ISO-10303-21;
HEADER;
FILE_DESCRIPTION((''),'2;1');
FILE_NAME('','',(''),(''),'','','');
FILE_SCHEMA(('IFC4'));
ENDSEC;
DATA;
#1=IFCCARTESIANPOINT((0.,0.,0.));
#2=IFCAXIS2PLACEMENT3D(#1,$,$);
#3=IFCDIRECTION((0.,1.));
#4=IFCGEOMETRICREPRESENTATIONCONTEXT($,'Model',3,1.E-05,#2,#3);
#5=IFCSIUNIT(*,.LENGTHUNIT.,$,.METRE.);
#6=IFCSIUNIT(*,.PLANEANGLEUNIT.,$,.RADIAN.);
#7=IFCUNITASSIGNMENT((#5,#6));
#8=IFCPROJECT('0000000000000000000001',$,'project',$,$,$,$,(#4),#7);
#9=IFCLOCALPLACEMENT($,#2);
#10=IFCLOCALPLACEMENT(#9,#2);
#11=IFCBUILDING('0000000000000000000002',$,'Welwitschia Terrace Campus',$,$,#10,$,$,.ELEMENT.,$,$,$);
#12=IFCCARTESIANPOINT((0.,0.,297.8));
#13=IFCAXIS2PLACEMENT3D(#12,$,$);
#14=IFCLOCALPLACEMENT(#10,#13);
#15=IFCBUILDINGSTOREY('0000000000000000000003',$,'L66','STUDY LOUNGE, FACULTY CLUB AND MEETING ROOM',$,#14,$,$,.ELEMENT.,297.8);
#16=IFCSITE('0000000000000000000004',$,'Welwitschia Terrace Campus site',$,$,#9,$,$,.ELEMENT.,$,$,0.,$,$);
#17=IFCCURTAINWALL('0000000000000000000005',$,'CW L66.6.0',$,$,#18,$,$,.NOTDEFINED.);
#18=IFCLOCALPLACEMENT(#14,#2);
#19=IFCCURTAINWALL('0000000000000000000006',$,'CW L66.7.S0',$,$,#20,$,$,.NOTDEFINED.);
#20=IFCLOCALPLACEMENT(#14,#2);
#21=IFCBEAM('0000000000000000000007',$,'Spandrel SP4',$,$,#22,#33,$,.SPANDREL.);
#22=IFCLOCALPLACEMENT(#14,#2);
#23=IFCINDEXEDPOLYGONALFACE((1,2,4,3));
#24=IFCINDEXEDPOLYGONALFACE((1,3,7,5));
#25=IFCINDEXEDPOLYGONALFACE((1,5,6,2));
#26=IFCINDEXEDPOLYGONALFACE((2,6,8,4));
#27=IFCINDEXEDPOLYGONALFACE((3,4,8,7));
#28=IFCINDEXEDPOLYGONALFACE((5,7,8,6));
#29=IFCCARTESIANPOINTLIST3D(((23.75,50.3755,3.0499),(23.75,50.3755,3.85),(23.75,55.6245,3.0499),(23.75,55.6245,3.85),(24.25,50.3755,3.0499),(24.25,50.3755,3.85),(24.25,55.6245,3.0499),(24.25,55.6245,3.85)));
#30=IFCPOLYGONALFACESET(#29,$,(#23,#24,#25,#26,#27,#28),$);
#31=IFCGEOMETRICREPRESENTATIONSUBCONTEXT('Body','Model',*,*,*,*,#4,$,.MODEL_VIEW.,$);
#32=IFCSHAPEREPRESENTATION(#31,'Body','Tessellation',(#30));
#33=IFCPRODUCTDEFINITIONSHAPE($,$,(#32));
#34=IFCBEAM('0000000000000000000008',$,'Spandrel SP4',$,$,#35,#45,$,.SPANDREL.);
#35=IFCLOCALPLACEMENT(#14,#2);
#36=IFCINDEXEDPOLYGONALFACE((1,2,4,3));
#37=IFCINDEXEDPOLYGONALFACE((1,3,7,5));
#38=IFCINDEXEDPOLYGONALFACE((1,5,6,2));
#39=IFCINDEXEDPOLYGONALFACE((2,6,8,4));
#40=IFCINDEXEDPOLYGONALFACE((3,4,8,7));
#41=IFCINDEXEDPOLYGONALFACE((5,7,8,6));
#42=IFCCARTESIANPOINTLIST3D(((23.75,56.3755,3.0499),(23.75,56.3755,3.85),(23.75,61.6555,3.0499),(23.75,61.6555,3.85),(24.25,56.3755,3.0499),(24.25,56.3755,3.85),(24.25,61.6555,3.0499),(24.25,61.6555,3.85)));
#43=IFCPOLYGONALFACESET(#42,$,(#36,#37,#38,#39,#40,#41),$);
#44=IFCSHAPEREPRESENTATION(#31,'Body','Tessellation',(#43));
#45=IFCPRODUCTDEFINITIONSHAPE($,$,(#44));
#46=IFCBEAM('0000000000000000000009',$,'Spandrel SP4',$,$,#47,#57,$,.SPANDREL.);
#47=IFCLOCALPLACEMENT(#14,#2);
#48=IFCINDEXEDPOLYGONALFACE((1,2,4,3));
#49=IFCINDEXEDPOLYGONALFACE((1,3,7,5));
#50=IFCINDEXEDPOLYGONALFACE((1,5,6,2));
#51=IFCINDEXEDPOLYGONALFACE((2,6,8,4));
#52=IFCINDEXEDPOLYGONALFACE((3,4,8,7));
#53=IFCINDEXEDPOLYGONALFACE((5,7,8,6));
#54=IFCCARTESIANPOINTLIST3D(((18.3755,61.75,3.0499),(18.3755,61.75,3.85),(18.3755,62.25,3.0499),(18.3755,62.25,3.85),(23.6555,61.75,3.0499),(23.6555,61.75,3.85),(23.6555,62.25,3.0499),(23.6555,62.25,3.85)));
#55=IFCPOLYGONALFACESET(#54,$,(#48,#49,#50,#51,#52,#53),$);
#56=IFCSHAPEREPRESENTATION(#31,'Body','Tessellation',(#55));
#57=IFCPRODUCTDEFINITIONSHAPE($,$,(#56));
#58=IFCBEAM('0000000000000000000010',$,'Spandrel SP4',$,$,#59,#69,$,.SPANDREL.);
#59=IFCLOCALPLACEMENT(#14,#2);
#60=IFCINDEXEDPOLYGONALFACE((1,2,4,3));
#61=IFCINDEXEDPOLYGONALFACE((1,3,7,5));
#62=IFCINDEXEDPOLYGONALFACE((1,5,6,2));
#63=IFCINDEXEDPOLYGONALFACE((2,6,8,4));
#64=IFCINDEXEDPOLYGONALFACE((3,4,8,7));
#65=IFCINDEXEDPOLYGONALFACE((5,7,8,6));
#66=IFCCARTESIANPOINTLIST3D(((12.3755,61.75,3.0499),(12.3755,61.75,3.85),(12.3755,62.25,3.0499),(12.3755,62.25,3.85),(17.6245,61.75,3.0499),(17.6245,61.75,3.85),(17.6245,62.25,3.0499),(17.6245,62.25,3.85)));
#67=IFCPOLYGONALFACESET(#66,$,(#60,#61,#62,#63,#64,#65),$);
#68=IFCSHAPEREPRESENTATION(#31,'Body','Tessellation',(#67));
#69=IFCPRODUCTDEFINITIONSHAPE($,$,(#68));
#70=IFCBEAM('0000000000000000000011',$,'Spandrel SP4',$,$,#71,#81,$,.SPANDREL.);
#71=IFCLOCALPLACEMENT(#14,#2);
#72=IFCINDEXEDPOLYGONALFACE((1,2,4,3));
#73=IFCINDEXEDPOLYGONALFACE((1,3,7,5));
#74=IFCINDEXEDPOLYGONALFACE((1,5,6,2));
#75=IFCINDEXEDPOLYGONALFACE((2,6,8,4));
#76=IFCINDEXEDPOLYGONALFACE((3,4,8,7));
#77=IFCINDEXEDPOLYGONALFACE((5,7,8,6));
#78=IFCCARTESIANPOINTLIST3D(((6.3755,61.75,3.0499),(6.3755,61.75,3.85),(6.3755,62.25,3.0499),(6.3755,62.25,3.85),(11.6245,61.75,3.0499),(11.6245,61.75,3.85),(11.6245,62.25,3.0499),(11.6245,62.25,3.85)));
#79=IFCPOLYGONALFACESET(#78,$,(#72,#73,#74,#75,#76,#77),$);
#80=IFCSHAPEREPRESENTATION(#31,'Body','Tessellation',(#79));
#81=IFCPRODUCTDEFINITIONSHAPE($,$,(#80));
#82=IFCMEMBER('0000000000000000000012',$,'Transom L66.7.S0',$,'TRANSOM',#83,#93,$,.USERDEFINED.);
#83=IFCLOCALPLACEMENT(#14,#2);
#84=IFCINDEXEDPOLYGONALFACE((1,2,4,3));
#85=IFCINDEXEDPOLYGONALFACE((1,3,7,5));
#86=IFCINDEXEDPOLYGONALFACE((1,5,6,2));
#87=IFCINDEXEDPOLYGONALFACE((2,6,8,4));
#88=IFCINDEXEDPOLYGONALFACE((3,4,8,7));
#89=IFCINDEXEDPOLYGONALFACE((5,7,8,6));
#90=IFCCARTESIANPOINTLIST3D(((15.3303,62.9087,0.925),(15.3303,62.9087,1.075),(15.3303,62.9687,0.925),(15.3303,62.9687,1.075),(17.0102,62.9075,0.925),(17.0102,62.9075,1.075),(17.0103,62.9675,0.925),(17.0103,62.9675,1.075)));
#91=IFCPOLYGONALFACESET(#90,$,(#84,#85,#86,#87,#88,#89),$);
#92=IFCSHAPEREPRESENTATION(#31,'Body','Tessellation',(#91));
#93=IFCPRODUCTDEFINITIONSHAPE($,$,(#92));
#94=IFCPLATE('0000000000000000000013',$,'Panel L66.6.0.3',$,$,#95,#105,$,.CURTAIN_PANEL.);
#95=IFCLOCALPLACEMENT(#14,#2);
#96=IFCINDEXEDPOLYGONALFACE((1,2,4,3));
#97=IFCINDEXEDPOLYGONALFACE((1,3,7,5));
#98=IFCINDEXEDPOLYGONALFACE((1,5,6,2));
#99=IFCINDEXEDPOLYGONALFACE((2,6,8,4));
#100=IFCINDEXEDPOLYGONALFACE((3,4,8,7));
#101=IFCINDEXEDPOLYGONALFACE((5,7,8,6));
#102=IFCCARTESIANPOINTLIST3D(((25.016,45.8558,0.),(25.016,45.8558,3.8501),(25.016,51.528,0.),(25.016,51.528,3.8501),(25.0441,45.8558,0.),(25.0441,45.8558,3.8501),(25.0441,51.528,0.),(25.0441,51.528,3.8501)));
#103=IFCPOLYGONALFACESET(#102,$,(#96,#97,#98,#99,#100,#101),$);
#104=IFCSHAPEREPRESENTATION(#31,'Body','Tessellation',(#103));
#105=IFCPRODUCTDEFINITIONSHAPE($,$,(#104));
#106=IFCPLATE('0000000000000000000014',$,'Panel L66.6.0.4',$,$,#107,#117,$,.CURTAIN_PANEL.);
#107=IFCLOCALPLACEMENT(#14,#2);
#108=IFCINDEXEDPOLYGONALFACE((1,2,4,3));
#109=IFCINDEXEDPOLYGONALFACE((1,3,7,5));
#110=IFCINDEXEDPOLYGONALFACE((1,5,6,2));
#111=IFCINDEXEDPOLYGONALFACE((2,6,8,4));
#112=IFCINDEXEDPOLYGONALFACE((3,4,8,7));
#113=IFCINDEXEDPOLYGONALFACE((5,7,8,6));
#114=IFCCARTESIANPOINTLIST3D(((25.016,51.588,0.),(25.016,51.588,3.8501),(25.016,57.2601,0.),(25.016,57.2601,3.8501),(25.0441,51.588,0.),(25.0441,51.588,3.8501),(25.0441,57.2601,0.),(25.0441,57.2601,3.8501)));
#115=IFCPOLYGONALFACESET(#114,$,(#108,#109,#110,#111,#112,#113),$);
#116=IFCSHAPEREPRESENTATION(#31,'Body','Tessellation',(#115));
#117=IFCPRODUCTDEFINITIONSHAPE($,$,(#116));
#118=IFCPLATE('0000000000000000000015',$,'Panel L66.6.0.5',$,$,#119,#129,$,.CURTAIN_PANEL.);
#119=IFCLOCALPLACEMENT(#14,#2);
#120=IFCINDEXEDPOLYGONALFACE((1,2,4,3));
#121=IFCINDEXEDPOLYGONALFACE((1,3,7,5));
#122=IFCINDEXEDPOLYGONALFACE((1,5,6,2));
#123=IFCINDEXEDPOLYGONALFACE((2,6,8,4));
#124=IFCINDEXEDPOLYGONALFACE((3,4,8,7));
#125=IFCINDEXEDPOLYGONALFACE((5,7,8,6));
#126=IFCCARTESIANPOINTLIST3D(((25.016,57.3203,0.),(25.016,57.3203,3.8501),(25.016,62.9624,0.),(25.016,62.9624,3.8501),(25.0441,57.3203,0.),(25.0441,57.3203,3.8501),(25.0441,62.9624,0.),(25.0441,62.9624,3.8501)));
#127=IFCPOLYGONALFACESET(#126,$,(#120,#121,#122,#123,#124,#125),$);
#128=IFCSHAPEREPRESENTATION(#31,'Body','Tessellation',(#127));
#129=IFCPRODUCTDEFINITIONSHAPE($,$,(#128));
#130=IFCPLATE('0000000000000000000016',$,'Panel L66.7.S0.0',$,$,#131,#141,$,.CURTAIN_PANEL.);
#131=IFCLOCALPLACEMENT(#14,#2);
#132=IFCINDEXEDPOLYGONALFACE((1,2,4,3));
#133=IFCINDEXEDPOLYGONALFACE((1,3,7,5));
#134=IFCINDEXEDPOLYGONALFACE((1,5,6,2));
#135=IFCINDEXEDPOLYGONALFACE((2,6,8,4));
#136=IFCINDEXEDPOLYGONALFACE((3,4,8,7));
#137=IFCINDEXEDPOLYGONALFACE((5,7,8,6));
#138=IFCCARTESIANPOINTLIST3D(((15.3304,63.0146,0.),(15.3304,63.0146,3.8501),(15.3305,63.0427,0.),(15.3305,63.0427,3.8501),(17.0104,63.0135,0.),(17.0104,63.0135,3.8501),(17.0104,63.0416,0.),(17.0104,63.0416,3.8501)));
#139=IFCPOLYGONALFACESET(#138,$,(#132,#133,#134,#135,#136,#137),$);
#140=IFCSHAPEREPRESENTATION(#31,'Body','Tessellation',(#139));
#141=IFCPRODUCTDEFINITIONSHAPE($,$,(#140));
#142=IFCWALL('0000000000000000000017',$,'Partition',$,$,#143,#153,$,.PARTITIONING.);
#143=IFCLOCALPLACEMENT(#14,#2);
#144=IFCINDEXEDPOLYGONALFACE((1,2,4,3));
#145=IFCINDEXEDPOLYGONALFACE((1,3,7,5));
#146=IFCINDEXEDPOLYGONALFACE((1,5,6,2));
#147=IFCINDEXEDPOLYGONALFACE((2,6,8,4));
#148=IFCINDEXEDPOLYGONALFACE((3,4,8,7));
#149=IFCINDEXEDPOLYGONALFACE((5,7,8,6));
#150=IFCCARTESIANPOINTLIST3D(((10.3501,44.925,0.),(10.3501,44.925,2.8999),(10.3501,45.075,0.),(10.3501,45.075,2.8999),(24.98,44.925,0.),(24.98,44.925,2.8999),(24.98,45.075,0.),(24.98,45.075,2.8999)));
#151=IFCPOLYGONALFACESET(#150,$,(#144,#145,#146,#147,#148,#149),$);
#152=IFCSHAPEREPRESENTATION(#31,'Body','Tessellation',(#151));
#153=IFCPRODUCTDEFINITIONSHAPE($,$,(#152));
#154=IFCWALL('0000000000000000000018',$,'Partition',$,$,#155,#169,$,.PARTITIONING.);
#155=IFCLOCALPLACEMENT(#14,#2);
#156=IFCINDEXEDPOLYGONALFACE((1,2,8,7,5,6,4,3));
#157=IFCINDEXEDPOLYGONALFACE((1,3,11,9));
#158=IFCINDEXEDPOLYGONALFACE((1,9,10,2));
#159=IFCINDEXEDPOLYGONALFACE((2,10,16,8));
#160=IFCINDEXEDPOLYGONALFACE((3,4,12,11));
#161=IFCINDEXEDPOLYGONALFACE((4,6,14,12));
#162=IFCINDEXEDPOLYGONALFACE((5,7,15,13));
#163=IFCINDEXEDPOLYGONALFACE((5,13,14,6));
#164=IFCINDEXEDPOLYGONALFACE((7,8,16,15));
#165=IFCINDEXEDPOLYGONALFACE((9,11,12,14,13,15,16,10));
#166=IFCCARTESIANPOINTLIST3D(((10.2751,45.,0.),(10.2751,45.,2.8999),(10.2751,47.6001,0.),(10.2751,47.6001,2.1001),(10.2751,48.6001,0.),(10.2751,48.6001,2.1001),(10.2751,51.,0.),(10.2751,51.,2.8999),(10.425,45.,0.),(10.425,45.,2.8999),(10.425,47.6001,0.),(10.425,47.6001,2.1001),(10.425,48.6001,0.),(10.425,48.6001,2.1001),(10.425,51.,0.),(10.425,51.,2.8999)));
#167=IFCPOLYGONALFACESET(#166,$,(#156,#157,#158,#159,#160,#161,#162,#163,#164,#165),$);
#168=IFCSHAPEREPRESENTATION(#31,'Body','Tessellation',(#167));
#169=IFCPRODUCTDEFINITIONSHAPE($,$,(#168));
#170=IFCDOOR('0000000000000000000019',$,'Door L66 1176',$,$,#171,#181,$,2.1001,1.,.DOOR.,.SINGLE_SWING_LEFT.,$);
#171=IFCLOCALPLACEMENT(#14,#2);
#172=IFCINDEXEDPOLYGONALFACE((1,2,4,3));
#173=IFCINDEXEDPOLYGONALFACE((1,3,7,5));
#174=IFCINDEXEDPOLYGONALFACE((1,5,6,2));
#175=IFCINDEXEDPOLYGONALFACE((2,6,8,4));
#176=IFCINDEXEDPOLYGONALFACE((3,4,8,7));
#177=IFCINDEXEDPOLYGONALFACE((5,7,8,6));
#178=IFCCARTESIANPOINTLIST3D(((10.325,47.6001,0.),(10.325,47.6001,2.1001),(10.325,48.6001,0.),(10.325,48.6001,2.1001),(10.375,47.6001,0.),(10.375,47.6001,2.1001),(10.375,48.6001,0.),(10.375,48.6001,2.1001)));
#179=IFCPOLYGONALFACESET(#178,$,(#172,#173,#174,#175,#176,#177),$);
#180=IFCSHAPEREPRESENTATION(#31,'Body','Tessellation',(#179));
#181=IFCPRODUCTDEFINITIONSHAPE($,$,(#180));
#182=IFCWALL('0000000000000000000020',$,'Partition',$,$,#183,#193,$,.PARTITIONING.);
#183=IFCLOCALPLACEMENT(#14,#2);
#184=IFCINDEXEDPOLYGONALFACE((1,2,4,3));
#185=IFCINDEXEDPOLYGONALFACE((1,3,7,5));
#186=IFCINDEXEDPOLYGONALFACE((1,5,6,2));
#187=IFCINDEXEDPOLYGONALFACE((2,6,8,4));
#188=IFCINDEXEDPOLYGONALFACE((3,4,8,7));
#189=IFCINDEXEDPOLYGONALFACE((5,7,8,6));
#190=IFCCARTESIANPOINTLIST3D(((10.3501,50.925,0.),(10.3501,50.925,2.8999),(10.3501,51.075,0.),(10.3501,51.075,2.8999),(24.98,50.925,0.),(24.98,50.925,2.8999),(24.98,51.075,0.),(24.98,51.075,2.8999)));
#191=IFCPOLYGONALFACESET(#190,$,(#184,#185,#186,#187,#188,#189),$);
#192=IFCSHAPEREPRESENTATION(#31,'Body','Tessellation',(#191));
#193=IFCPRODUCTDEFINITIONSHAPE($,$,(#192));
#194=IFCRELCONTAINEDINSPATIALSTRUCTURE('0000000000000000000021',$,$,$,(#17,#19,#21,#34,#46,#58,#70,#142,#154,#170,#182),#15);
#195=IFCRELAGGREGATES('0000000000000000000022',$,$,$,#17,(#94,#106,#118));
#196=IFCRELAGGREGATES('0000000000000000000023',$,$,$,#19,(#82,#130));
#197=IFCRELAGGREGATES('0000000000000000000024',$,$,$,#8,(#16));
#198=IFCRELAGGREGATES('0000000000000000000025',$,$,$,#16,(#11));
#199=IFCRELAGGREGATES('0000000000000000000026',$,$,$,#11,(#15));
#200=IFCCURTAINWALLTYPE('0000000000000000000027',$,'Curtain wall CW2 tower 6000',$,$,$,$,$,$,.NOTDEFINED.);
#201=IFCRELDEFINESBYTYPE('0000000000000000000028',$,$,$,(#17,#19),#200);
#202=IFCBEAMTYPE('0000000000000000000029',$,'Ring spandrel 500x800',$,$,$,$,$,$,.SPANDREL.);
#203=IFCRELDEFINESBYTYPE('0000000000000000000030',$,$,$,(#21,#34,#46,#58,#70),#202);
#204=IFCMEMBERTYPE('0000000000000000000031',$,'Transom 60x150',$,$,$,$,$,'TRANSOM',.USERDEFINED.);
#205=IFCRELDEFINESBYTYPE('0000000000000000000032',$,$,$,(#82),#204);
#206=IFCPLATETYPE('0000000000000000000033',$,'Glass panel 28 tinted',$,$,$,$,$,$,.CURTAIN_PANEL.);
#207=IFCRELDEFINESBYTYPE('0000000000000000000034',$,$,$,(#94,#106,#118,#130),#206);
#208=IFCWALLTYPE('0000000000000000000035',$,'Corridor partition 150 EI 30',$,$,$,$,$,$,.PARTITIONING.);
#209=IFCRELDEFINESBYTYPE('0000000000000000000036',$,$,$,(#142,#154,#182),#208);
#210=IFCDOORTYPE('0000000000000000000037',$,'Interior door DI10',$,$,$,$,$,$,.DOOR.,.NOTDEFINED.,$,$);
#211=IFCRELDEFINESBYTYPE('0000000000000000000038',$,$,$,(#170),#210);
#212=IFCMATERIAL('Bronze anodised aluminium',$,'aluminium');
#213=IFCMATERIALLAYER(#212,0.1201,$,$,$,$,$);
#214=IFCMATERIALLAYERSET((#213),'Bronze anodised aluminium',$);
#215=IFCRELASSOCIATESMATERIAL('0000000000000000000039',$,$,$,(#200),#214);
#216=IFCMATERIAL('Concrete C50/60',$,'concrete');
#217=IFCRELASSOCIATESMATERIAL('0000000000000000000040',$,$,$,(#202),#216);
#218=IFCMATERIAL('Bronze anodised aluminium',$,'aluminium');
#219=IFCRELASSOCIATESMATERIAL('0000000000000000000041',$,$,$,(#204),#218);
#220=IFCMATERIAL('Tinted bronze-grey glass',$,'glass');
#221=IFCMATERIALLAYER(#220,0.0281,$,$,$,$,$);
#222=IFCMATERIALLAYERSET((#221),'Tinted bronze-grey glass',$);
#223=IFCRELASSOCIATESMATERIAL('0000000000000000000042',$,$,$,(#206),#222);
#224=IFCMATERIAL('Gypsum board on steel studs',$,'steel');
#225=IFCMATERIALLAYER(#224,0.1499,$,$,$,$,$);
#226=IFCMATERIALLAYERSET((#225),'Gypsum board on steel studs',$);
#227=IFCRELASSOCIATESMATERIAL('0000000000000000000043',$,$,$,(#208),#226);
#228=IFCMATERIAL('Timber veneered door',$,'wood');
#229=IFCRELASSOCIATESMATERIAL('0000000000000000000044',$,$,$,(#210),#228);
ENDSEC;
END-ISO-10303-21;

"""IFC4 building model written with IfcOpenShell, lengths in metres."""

from ifc_helpers import new_model, si_unit, direction, frame, frame_2d, origin, origin_2d, place, context, subcontext, project, spatial, rectangle, extrude, material, layer, layer_set, material_profile, profile_set, type_object, element, fill, aggregate, save


model = new_model("IFC4")

# Units and contexts
model_context = context("Model", 3, precision=1e-05, world=origin(), true_north=direction((0.0, 1.0)))
body_context = subcontext(model_context, "Body", "Model", "MODEL_VIEW")
ifc_project = project(units=[si_unit("LENGTHUNIT", "METRE"), si_unit("PLANEANGLEUNIT", "RADIAN")], contexts=[model_context])

# Site, building, storey
site_placement = place(None, origin())
site = spatial("IfcSite", under=ifc_project, at=site_placement, Name="Welwitschia Terrace Campus site", CompositionType="ELEMENT", RefElevation=0.0)
building_placement = place(site_placement, origin())
building = spatial("IfcBuilding", under=site, at=building_placement, Name="Welwitschia Terrace Campus", CompositionType="ELEMENT")
storey_placement = place(building_placement, frame((0.0, 0.0, 297.8)))
storey = spatial("IfcBuildingStorey", under=building, at=storey_placement, Name="L66", Description="STUDY LOUNGE, FACULTY CLUB AND MEETING ROOM", CompositionType="ELEMENT", Elevation=297.8)

# Curtain walls
ifc_material_1 = material(Name="Bronze anodised aluminium", Category="aluminium")
ifc_layer_1 = layer(ifc_material_1, 0.1201)
ifc_layer_set_1 = layer_set([ifc_layer_1], Name="Bronze anodised aluminium")
curtain_wall_type = type_object("IfcCurtainWallType", Name="Curtain wall CW2 tower 6000", PredefinedType="NOTDEFINED", material=ifc_layer_set_1)
curtain_wall_1_placement = place(storey_placement, origin())
curtain_wall_1 = element("IfcCurtainWall", 1, at=curtain_wall_1_placement, inside=storey, type_object=curtain_wall_type, Name="CW L66.6.0", PredefinedType="NOTDEFINED")
curtain_wall_2_placement = place(storey_placement, origin())
curtain_wall_2 = element("IfcCurtainWall", 2, at=curtain_wall_2_placement, inside=storey, type_object=curtain_wall_type, Name="CW L66.7.S0", PredefinedType="NOTDEFINED")

# Beams
ifc_material_2 = material(Name="Concrete C50/60", Category="concrete")
ifc_material_profile_1 = material_profile(ifc_material_2, rectangle(XDim=0.5, YDim=0.8, at=origin_2d()))
ifc_profile_set_1 = profile_set([ifc_material_profile_1], Name="Concrete C50/60")
beam_type_1 = type_object("IfcBeamType", Name="Ring spandrel 500x800", PredefinedType="SPANDREL", material=ifc_profile_set_1)
for number, where, z_axis, x_axis, name in (
    (3, (24.0, 50.3755, 3.45), (0.0, 1.0, 0.0), (-1.0, 0.0, 0.0), "Spandrel SP4"),
):
    element("IfcBeam", number, at=place(storey_placement, frame(where, z_axis=z_axis, x_axis=x_axis)), inside=storey, type_object=beam_type_1, Name=name, PredefinedType="SPANDREL", context=body_context, shape_type="SweptSolid", body=[
        extrude(rectangle(XDim=0.5, YDim=0.8, at=origin_2d()), origin(), (0.0, 0.0, 1.0), 5.249),
    ])
for number, where, z_axis, x_axis, name in (
    (4, (24.0, 56.3755, 3.45), (0.0, 1.0, 0.0), (-1.0, 0.0, 0.0), "Spandrel SP4"),
    (5, (23.6555, 62.0, 3.45), (-1.0, 0.0, 0.0), (0.0, -1.0, 0.0), "Spandrel SP4"),
):
    element("IfcBeam", number, at=place(storey_placement, frame(where, z_axis=z_axis, x_axis=x_axis)), inside=storey, type_object=beam_type_1, Name=name, PredefinedType="SPANDREL", context=body_context, shape_type="SweptSolid", body=[
        extrude(rectangle(XDim=0.5, YDim=0.8, at=origin_2d()), origin(), (0.0, 0.0, 1.0), 5.28),
    ])
for number, where, z_axis, x_axis, name in (
    (6, (17.6245, 62.0, 3.45), (-1.0, 0.0, 0.0), (0.0, -1.0, 0.0), "Spandrel SP4"),
    (7, (11.6245, 62.0, 3.45), (-1.0, 0.0, 0.0), (0.0, -1.0, 0.0), "Spandrel SP4"),
):
    element("IfcBeam", number, at=place(storey_placement, frame(where, z_axis=z_axis, x_axis=x_axis)), inside=storey, type_object=beam_type_1, Name=name, PredefinedType="SPANDREL", context=body_context, shape_type="SweptSolid", body=[
        extrude(rectangle(XDim=0.5, YDim=0.8, at=origin_2d()), origin(), (0.0, 0.0, 1.0), 5.249),
    ])

# Member
ifc_material_3 = material(Name="Bronze anodised aluminium", Category="aluminium")
ifc_material_profile_2 = material_profile(ifc_material_3, rectangle(XDim=0.0601, YDim=0.1499, at=origin_2d()))
ifc_profile_set_2 = profile_set([ifc_material_profile_2], Name="Bronze anodised aluminium")
member_type_1 = type_object("IfcMemberType", Name="Transom 60x150", ElementType="TRANSOM", PredefinedType="USERDEFINED", material=ifc_profile_set_2)
member_1_placement = place(storey_placement, frame((17.0103, 62.9375, 1.0), z_axis=(-1.0, 0.000727, 0.0), x_axis=(-0.000727, -1.0, 0.0)))
member_1 = element("IfcMember", 8, at=member_1_placement, type_object=member_type_1, Name="Transom L66.7.S0", ObjectType="TRANSOM", PredefinedType="USERDEFINED", context=body_context, shape_type="SweptSolid", body=[
    extrude(rectangle(XDim=0.0601, YDim=0.1499, at=origin_2d()), origin(), (0.0, 0.0, 1.0), 1.6799),
])

# Plates
ifc_material_4 = material(Name="Tinted bronze-grey glass", Category="glass")
ifc_layer_2 = layer(ifc_material_4, 0.0281)
ifc_layer_set_2 = layer_set([ifc_layer_2], Name="Tinted bronze-grey glass")
plate_type = type_object("IfcPlateType", Name="Glass panel 28 tinted", PredefinedType="CURTAIN_PANEL", material=ifc_layer_set_2)
plate_1_placement = place(storey_placement, frame((25.03, 48.6919, 0.0), z_axis=(0.0, 0.0, 1.0), x_axis=(0.0, 1.0, 0.0)))
plate_1 = element("IfcPlate", 9, at=plate_1_placement, type_object=plate_type, Name="Panel L66.6.0.3", PredefinedType="CURTAIN_PANEL", context=body_context, shape_type="SweptSolid", body=[
    extrude(rectangle(XDim=5.6721, YDim=0.0281, at=origin_2d()), origin(), (0.0, 0.0, 1.0), 3.8501),
])
plate_2_placement = place(storey_placement, frame((25.03, 54.4241, 0.0), z_axis=(0.0, 0.0, 1.0), x_axis=(0.0, 1.0, 0.0)))
plate_2 = element("IfcPlate", 10, at=plate_2_placement, type_object=plate_type, Name="Panel L66.6.0.4", PredefinedType="CURTAIN_PANEL", context=body_context, shape_type="SweptSolid", body=[
    extrude(rectangle(XDim=5.6721, YDim=0.0281, at=origin_2d()), origin(), (0.0, 0.0, 1.0), 3.8501),
])
plate_3_placement = place(storey_placement, frame((25.03, 60.1414, 0.0), z_axis=(0.0, 0.0, 1.0), x_axis=(0.0, 1.0, 0.0)))
plate_3 = element("IfcPlate", 11, at=plate_3_placement, type_object=plate_type, Name="Panel L66.6.0.5", PredefinedType="CURTAIN_PANEL", context=body_context, shape_type="SweptSolid", body=[
    extrude(rectangle(XDim=5.6421, YDim=0.0281, at=origin_2d()), origin(), (0.0, 0.0, 1.0), 3.8501),
])
aggregate(curtain_wall_1, [plate_1, plate_2, plate_3])
plate_4_placement = place(storey_placement, frame((16.1704, 63.0281, 0.0), z_axis=(0.0, 0.0, 1.0), x_axis=(-1.0, 0.00064, 0.0)))
plate_4 = element("IfcPlate", 12, at=plate_4_placement, type_object=plate_type, Name="Panel L66.7.S0.0", PredefinedType="CURTAIN_PANEL", context=body_context, shape_type="SweptSolid", body=[
    extrude(rectangle(XDim=1.6799, YDim=0.0281, at=origin_2d()), origin(), (0.0, 0.0, 1.0), 3.8501),
])
aggregate(curtain_wall_2, [member_1, plate_4])

# Wall
ifc_material_5 = material(Name="Gypsum board on steel studs", Category="steel")
ifc_layer_3 = layer(ifc_material_5, 0.1499)
ifc_layer_set_3 = layer_set([ifc_layer_3], Name="Gypsum board on steel studs")
wall_type_1 = type_object("IfcWallType", Name="Corridor partition 150 EI 30", PredefinedType="PARTITIONING", material=ifc_layer_set_3)
wall_1_placement = place(storey_placement, frame((10.3501, 45.0, 0.0), z_axis=(0.0, 0.0, 1.0), x_axis=(1.0, 0.0, 0.0)))
element("IfcWall", 13, at=wall_1_placement, inside=storey, type_object=wall_type_1, Name="Partition", PredefinedType="PARTITIONING", context=body_context, shape_type="SweptSolid", body=[
    extrude(rectangle(XDim=14.6299, YDim=0.1499, at=frame_2d((7.3149, 0.0))), origin(), (0.0, 0.0, 1.0), 2.8999),
])

# Wall, opening, door
wall_2_placement = place(storey_placement, frame((10.3501, 51.0, 0.0), z_axis=(0.0, 0.0, 1.0), x_axis=(0.0, -1.0, 0.0)))
wall_2 = element("IfcWall", 14, at=wall_2_placement, inside=storey, type_object=wall_type_1, Name="Partition", PredefinedType="PARTITIONING", context=body_context, shape_type="SweptSolid", body=[
    extrude(rectangle(XDim=6.0, YDim=0.1499, at=frame_2d((3.0, 0.0))), origin(), (0.0, 0.0, 1.0), 2.8999),
])
opening_1_placement = place(wall_2_placement, frame((2.3999, 0.0, 0.0)))
opening_1 = element("IfcOpeningElement", 15, at=opening_1_placement, cuts=wall_2, PredefinedType="OPENING", context=body_context, shape_type="SweptSolid", body=[
    extrude(rectangle(XDim=1.0, YDim=2.1001, at=frame_2d((0.5, 1.05))), frame((0.0, 0.085, 0.0), z_axis=(0.0, -1.0, 0.0), x_axis=(1.0, 0.0, 0.0)), (0.0, 0.0, 1.0), 0.1699),
])
ifc_material_6 = material(Name="Timber veneered door", Category="wood")
door_type_1 = type_object("IfcDoorType", Name="Interior door DI10", OperationType="NOTDEFINED", PredefinedType="DOOR", material=ifc_material_6)
door_1_placement = place(opening_1_placement, origin())
door_1 = element("IfcDoor", 16, at=door_1_placement, inside=storey, type_object=door_type_1, Name="Door L66 1176", OperationType="SINGLE_SWING_LEFT", OverallHeight=2.1001, OverallWidth=1.0, PredefinedType="DOOR", context=body_context, shape_type="SweptSolid", body=[
    extrude(rectangle(XDim=1.0, YDim=2.1001, at=frame_2d((0.5, 1.05))), frame((0.0, 0.0249, 0.0), z_axis=(0.0, -1.0, 0.0), x_axis=(1.0, 0.0, 0.0)), (0.0, 0.0, 1.0), 0.05),
])
fill(opening_1, door_1)

# Wall
wall_3_placement = place(storey_placement, frame((10.3501, 51.0, 0.0), z_axis=(0.0, 0.0, 1.0), x_axis=(1.0, 0.0, 0.0)))
element("IfcWall", 17, at=wall_3_placement, inside=storey, type_object=wall_type_1, Name="Partition", PredefinedType="PARTITIONING", context=body_context, shape_type="SweptSolid", body=[
    extrude(rectangle(XDim=14.6299, YDim=0.1499, at=frame_2d((7.3149, 0.0))), origin(), (0.0, 0.0, 1.0), 2.8999),
])

save(model, "model.ifc")
